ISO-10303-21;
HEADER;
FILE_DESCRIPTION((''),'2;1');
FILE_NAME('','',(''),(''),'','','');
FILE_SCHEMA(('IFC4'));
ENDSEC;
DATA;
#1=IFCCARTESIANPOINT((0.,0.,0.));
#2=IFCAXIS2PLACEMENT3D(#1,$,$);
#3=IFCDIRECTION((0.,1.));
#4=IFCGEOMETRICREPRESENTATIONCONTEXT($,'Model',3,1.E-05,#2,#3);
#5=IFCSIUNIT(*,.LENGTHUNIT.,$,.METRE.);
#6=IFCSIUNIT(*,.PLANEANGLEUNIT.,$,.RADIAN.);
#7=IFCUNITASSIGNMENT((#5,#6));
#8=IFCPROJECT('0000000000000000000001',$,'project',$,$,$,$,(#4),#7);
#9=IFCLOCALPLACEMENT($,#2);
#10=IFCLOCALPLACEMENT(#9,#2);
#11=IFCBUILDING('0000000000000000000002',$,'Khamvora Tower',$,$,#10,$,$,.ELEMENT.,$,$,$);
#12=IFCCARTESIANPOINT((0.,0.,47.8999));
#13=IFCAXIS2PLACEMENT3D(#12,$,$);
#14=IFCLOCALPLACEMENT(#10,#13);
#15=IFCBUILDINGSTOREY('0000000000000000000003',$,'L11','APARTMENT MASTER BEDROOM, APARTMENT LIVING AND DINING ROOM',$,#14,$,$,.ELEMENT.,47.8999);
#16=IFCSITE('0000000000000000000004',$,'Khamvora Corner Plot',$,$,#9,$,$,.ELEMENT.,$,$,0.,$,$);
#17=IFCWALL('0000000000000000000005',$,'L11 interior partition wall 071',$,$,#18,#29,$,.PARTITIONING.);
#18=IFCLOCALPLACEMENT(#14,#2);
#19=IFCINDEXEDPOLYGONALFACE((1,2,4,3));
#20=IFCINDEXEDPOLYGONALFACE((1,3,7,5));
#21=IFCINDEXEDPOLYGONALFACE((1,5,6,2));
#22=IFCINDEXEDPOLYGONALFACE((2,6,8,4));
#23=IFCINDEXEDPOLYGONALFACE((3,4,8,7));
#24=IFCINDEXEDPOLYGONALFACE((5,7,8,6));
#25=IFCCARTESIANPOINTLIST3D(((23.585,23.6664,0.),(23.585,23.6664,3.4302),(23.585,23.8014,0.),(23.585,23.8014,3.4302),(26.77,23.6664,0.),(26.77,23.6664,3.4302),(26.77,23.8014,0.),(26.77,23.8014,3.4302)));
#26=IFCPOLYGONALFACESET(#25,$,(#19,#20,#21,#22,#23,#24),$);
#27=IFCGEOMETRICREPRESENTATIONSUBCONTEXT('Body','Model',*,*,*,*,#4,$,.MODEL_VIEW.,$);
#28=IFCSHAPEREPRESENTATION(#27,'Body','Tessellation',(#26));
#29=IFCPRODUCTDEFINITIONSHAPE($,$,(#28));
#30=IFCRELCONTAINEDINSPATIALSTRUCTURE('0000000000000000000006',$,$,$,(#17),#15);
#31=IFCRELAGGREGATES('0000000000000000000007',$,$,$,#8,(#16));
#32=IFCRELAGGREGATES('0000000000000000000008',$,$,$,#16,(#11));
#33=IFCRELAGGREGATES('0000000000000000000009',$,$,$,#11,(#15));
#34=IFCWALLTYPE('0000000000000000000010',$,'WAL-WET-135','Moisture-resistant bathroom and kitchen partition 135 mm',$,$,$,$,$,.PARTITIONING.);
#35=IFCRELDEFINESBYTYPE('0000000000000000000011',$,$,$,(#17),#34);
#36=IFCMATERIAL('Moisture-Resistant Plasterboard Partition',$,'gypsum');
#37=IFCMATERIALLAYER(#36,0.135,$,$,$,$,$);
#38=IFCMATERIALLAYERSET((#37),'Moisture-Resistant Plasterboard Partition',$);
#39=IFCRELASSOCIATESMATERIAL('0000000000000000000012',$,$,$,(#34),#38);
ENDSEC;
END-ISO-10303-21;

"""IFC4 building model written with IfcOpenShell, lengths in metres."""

from ifc_helpers import new_model, si_unit, direction, frame, frame_2d, origin, place, context, subcontext, project, spatial, rectangle, extrude, material, layer, layer_set, type_object, element, save


model = new_model("IFC4")

# Units and contexts
model_context = context("Model", 3, precision=1e-05, world=origin(), true_north=direction((0.0, 1.0)))
body_context = subcontext(model_context, "Body", "Model", "MODEL_VIEW")
ifc_project = project(units=[si_unit("LENGTHUNIT", "METRE"), si_unit("PLANEANGLEUNIT", "RADIAN")], contexts=[model_context])

# Site, building, storey
site_placement = place(None, origin())
site = spatial("IfcSite", under=ifc_project, at=site_placement, Name="Khamvora Corner Plot", CompositionType="ELEMENT", RefElevation=0.0)
building_placement = place(site_placement, origin())
building = spatial("IfcBuilding", under=site, at=building_placement, Name="Khamvora Tower", CompositionType="ELEMENT")
storey_placement = place(building_placement, frame((0.0, 0.0, 47.8999)))
storey = spatial("IfcBuildingStorey", under=building, at=storey_placement, Name="L11", Description="APARTMENT MASTER BEDROOM, APARTMENT LIVING AND DINING ROOM", CompositionType="ELEMENT", Elevation=47.8999)

# Shared definitions
ifc_material_1 = material(Name="Moisture-Resistant Plasterboard Partition", Category="gypsum")
ifc_layer_1 = layer(ifc_material_1, 0.135)
ifc_layer_set_1 = layer_set([ifc_layer_1], Name="Moisture-Resistant Plasterboard Partition")
wall_type_1 = type_object("IfcWallType", Name="WAL-WET-135", Description="Moisture-resistant bathroom and kitchen partition 135 mm", PredefinedType="PARTITIONING", material=ifc_layer_set_1)

# Wall
wall_1_placement = place(storey_placement, frame((23.585, 23.7339, 0.0), z_axis=(0.0, 0.0, 1.0), x_axis=(1.0, 0.0, 0.0)))
element("IfcWall", 1, at=wall_1_placement, inside=storey, type_object=wall_type_1, Name="L11 interior partition wall 071", PredefinedType="PARTITIONING", context=body_context, shape_type="SweptSolid", body=[
    extrude(rectangle(XDim=3.1851, YDim=0.135, at=frame_2d((1.5925, 0.0))), origin(), (0.0, 0.0, 1.0), 3.4302),
])

save(model, "model.ifc")
